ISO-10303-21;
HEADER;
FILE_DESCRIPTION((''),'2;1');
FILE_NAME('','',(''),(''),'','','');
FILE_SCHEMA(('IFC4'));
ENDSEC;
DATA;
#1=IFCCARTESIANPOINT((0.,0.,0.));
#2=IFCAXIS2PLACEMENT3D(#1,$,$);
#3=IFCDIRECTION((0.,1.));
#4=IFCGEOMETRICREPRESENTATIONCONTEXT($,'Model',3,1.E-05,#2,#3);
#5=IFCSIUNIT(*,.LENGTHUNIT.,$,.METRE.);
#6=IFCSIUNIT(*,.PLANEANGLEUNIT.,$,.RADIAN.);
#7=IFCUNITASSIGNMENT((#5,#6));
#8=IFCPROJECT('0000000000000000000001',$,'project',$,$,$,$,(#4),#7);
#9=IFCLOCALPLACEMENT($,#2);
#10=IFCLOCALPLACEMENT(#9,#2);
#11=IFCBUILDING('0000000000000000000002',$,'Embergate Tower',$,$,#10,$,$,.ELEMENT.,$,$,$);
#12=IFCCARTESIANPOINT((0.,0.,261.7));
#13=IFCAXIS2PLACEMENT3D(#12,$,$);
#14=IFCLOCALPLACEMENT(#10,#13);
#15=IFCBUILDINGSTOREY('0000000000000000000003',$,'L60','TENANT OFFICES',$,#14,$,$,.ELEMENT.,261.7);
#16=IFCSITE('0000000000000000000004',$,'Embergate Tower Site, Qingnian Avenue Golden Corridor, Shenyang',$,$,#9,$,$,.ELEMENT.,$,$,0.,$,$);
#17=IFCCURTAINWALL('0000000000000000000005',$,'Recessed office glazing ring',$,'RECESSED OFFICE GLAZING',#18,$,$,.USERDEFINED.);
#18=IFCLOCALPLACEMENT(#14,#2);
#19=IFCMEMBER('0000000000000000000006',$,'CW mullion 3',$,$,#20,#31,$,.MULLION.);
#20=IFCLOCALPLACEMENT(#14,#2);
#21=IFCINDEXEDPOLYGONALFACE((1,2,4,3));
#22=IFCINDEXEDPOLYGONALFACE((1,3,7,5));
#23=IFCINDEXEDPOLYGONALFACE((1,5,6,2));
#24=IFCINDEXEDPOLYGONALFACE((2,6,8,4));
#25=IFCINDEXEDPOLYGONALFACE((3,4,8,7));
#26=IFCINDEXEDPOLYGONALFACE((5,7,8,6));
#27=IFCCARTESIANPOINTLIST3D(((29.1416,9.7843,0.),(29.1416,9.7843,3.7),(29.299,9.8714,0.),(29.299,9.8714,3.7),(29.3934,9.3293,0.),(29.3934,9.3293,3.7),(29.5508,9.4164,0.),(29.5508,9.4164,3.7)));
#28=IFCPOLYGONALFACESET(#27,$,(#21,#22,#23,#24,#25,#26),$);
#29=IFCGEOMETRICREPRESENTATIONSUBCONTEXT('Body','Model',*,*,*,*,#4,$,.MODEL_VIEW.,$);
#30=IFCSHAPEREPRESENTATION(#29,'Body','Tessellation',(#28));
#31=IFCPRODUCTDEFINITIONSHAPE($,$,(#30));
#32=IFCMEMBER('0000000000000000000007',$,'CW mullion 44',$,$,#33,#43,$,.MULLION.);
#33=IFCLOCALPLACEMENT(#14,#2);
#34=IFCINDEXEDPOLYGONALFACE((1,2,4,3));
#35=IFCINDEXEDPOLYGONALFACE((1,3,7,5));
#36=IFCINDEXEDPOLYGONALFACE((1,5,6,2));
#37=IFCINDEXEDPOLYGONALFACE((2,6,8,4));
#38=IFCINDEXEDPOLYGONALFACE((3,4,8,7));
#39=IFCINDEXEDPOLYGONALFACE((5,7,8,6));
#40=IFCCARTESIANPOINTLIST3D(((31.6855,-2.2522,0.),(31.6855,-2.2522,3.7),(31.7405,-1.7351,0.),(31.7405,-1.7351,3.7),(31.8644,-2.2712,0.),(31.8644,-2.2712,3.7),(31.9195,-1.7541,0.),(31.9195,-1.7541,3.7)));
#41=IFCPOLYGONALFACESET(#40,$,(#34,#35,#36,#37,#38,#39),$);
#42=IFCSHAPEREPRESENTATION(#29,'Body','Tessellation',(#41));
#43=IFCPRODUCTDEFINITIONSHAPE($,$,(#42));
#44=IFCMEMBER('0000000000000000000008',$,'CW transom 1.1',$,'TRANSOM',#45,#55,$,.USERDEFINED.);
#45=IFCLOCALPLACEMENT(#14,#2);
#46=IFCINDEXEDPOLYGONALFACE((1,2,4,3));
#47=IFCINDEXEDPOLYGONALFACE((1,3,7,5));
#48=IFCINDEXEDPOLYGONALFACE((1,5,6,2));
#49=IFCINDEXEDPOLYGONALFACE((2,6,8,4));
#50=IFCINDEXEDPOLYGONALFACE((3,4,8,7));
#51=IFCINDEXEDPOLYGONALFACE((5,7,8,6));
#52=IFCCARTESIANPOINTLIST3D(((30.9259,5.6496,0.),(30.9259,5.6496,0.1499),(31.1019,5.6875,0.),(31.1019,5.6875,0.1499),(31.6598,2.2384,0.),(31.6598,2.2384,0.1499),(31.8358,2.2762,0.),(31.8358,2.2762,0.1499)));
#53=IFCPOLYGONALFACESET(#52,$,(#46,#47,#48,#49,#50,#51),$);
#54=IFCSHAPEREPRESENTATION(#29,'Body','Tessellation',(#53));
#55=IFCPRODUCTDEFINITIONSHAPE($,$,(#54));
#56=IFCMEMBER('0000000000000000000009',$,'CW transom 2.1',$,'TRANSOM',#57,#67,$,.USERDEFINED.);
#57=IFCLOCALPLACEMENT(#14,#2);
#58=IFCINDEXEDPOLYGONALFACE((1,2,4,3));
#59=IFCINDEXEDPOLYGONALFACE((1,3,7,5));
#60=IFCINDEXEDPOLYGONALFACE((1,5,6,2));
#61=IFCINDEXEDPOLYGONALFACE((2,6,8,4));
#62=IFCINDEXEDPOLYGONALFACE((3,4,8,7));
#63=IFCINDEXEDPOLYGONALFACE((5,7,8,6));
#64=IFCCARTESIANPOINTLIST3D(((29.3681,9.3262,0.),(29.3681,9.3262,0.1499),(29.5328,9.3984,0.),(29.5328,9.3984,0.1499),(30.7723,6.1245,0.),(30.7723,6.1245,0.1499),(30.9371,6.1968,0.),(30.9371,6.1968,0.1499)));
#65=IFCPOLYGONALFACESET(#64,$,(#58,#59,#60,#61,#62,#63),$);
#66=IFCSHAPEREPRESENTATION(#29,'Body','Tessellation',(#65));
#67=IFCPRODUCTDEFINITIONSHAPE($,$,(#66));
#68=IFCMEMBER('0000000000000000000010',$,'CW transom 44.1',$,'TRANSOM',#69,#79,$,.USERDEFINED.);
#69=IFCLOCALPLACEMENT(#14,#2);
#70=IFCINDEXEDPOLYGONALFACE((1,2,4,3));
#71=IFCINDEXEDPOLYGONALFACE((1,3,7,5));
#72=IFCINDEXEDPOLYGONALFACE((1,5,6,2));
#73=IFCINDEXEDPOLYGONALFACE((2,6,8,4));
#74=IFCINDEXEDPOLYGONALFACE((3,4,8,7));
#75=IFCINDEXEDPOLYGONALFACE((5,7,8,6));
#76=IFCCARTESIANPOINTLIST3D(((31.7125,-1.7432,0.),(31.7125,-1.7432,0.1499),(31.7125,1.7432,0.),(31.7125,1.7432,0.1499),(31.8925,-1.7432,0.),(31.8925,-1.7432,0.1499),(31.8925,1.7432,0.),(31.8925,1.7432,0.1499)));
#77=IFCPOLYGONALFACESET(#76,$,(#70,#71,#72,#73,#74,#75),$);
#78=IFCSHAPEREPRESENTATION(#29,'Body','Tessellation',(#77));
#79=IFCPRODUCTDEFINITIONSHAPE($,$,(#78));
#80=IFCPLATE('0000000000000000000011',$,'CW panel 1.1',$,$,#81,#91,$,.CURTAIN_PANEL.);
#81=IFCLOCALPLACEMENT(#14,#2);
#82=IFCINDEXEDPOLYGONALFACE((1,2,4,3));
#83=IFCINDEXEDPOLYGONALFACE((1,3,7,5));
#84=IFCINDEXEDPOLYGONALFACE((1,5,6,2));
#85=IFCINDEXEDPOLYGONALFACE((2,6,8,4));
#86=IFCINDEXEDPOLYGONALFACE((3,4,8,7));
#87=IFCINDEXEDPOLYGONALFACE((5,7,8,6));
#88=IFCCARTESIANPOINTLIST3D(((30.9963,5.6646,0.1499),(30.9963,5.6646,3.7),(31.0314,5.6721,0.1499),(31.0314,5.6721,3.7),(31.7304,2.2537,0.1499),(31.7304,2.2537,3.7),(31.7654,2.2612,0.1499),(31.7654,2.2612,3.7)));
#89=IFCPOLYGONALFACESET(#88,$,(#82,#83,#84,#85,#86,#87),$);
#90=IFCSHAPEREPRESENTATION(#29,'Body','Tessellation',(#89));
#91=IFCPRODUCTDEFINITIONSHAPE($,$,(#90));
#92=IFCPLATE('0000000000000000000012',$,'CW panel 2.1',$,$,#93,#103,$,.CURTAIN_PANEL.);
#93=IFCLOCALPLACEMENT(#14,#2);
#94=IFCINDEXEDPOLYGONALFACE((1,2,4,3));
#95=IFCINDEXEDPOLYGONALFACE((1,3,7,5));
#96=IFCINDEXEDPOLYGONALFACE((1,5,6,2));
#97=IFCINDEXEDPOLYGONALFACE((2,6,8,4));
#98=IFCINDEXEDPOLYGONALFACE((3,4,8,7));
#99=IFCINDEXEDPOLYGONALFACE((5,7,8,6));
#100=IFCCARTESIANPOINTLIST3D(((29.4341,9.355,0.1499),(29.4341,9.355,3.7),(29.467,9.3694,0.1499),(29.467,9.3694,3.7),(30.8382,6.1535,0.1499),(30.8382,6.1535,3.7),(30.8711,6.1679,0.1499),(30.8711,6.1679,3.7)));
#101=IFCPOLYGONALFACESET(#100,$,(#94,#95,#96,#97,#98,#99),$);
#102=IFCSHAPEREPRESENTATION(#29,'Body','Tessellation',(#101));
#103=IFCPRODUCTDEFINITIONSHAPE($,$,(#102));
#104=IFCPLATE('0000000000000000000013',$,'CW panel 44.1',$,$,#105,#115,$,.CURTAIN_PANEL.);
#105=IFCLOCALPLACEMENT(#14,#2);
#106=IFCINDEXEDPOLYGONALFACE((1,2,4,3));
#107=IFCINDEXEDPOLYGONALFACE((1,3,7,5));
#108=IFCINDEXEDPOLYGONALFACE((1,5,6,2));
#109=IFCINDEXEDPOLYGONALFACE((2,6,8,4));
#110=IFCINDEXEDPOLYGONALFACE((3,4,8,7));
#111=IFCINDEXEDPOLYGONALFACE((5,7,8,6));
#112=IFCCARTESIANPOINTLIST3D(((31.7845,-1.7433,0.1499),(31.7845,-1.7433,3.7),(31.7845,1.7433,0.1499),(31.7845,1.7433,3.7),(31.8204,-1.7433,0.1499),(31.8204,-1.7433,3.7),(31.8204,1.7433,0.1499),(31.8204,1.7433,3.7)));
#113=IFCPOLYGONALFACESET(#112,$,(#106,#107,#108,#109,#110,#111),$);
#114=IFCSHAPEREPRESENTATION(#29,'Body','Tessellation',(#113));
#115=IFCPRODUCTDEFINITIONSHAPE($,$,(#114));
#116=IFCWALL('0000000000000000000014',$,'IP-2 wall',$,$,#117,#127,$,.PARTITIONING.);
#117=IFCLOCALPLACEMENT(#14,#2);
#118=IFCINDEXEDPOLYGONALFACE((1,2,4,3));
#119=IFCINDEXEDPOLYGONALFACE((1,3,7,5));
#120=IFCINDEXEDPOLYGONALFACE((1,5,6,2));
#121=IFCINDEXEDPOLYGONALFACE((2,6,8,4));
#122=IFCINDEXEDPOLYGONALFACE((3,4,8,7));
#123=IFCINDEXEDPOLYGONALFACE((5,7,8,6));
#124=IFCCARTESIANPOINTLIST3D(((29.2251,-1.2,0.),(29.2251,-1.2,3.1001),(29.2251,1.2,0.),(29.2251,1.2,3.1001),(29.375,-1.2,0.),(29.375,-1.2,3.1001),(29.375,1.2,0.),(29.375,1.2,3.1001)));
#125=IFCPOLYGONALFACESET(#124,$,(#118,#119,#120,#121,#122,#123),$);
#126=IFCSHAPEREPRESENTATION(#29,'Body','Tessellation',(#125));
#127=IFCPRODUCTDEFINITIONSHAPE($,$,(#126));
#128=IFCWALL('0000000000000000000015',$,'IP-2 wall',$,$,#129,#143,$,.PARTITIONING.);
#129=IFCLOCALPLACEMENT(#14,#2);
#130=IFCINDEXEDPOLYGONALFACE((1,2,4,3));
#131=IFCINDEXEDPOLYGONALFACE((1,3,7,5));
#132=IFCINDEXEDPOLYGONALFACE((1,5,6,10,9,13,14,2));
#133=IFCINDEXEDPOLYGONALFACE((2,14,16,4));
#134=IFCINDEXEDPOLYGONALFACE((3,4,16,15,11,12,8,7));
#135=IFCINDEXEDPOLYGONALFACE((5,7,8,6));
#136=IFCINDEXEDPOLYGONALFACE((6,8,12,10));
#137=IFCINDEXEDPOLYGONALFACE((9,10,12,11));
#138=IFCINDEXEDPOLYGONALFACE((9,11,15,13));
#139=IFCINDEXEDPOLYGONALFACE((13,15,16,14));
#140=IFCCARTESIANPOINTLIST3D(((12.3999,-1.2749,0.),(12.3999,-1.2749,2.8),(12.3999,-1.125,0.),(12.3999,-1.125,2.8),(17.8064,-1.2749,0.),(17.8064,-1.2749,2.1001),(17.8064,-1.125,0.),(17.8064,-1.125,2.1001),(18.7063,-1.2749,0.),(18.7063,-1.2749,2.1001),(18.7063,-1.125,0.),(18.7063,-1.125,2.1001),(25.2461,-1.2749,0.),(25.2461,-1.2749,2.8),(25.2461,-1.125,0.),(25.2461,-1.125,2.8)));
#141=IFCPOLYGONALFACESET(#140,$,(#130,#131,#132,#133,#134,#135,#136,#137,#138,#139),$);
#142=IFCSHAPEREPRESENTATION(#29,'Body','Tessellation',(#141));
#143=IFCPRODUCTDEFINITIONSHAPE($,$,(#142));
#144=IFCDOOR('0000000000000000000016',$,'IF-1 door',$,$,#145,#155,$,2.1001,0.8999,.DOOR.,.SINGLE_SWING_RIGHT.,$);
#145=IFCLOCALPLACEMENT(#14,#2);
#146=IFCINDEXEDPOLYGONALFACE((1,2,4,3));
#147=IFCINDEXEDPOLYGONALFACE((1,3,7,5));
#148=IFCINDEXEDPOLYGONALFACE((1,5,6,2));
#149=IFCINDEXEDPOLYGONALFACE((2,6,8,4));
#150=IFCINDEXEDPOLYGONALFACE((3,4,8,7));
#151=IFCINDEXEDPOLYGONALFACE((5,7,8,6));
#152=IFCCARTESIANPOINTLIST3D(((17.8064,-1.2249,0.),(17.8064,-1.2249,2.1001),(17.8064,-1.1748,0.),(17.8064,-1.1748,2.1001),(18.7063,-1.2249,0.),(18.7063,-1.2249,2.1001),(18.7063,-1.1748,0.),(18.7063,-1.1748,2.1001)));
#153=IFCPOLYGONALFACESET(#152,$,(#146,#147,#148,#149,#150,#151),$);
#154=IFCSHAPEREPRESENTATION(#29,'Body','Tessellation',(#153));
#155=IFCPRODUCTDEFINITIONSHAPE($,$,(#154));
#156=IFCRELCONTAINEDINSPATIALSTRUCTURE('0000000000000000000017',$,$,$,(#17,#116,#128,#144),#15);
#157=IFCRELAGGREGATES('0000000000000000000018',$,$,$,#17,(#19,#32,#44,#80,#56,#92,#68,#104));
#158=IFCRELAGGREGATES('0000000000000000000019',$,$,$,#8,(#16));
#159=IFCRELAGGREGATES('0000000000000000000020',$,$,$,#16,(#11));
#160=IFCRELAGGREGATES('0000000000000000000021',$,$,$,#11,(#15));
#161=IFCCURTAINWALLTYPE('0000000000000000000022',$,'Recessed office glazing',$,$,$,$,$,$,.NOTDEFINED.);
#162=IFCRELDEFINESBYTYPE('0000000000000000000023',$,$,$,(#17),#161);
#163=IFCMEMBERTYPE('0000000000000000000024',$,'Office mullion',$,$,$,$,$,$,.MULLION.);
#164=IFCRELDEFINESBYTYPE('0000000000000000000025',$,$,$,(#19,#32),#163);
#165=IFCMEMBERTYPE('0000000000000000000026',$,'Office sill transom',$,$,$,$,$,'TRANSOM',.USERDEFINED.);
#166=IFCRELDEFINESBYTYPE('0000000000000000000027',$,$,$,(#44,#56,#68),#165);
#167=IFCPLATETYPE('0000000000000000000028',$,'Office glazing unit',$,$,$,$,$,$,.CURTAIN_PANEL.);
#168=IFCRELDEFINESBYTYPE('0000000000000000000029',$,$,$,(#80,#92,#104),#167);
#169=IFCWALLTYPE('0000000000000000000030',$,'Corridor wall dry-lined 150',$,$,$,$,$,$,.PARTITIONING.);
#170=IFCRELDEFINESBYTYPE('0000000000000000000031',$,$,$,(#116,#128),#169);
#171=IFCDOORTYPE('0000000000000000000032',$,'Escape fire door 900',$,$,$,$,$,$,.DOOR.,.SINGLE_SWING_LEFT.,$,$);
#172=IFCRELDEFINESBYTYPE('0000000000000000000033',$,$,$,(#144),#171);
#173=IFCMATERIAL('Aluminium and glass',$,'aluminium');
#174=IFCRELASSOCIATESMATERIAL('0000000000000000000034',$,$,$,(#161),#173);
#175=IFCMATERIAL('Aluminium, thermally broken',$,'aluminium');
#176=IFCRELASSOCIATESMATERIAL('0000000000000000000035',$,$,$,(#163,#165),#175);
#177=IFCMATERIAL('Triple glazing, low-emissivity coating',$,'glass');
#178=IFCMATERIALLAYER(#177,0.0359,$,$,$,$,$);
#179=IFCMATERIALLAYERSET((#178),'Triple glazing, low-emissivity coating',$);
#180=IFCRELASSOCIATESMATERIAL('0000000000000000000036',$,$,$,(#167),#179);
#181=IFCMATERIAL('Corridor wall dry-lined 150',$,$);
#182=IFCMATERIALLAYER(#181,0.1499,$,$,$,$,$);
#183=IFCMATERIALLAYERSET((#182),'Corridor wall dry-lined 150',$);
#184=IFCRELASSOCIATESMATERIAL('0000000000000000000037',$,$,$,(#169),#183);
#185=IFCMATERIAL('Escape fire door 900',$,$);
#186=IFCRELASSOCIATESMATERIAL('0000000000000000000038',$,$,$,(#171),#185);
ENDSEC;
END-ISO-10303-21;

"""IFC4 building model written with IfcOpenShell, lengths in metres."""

from ifc_helpers import new_model, si_unit, direction, frame, frame_2d, origin, origin_2d, place, context, subcontext, project, spatial, rectangle, extrude, source, transform, mapped, material, layer, layer_set, material_profile, profile_set, type_object, element, fill, aggregate, save


model = new_model("IFC4")

# Units and contexts
model_context = context("Model", 3, precision=1e-05, world=origin(), true_north=direction((0.0, 1.0)))
body_context = subcontext(model_context, "Body", "Model", "MODEL_VIEW")
ifc_project = project(units=[si_unit("LENGTHUNIT", "METRE"), si_unit("PLANEANGLEUNIT", "RADIAN")], contexts=[model_context])

# Site, building, storey
site_placement = place(None, origin())
site = spatial("IfcSite", under=ifc_project, at=site_placement, Name="Embergate Tower Site, Qingnian Avenue Golden Corridor, Shenyang", CompositionType="ELEMENT", RefElevation=0.0)
building_placement = place(site_placement, origin())
building = spatial("IfcBuilding", under=site, at=building_placement, Name="Embergate Tower", CompositionType="ELEMENT")
storey_placement = place(building_placement, frame((0.0, 0.0, 261.7)))
storey = spatial("IfcBuildingStorey", under=building, at=storey_placement, Name="L60", Description="TENANT OFFICES", CompositionType="ELEMENT", Elevation=261.7)

# Curtain wall, members, plates
ifc_material_1 = material(Name="Aluminium and glass", Category="aluminium")
curtain_wall_type = type_object("IfcCurtainWallType", Name="Recessed office glazing", PredefinedType="NOTDEFINED", material=ifc_material_1)
curtain_wall_placement = place(storey_placement, origin())
curtain_wall = element("IfcCurtainWall", 1, at=curtain_wall_placement, inside=storey, type_object=curtain_wall_type, Name="Recessed office glazing ring", ObjectType="RECESSED OFFICE GLAZING", PredefinedType="USERDEFINED")
ifc_material_2 = material(Name="Aluminium, thermally broken", Category="aluminium")
ifc_material_profile_1 = material_profile(ifc_material_2, rectangle(XDim=0.1799, YDim=0.52, at=origin_2d()), Name="AL 520x180")
ifc_profile_set_1 = profile_set([ifc_material_profile_1], Name="Aluminium, thermally broken")
member_type_1 = type_object("IfcMemberType", Name="Office mullion", PredefinedType="MULLION", material=ifc_profile_set_1)
shared_shape_1 = source(origin(), body_context, "Body", "SweptSolid", [
    extrude(rectangle(XDim=0.1799, YDim=0.52, at=origin_2d()), origin(), (0.0, 0.0, 1.0), 3.7),
])
member_1_placement = place(storey_placement, frame((29.3462, 9.6003, 0.0), z_axis=(0.0, 0.0, 1.0), x_axis=(-0.874994, -0.484133, 0.0)))
member_1 = element("IfcMember", 2, at=member_1_placement, type_object=member_type_1, Name="CW mullion 3", PredefinedType="MULLION", context=body_context, shape_type="MappedRepresentation", body=[
    mapped(shared_shape_1, transform((0.0, 0.0, 0.0))),
])
member_2_placement = place(storey_placement, frame((31.8025, -2.0032, 0.0), z_axis=(0.0, 0.0, 1.0), x_axis=(-0.994384, 0.105828, 0.0)))
member_2 = element("IfcMember", 3, at=member_2_placement, type_object=member_type_1, Name="CW mullion 44", PredefinedType="MULLION", context=body_context, shape_type="MappedRepresentation", body=[
    mapped(shared_shape_1, transform((0.0, 0.0, 0.0))),
])
ifc_material_profile_2 = material_profile(ifc_material_2, rectangle(XDim=0.1799, YDim=0.1499, at=origin_2d()), Name="AL 150x180")
ifc_profile_set_2 = profile_set([ifc_material_profile_2], Name="Aluminium, thermally broken")
member_type_2 = type_object("IfcMemberType", Name="Office sill transom", ElementType="TRANSOM", PredefinedType="USERDEFINED", material=ifc_profile_set_2)
shared_shape_2 = source(origin(), body_context, "Body", "SweptSolid", [
    extrude(rectangle(XDim=0.1799, YDim=0.1499, at=origin_2d()), origin(), (0.0, 0.0, 1.0), 3.4893),
])
member_3_placement = place(storey_placement, frame((31.7478, 2.2573, 0.075), z_axis=(-0.210332, 0.97763, 0.0), x_axis=(-0.97763, -0.210332, 0.0)))
member_3 = element("IfcMember", 4, at=member_3_placement, type_object=member_type_2, Name="CW transom 1.1", ObjectType="TRANSOM", PredefinedType="USERDEFINED", context=body_context, shape_type="MappedRepresentation", body=[
    mapped(shared_shape_2, transform((0.0, 0.0, 0.0))),
])
shared_shape_3 = source(origin(), body_context, "Body", "SweptSolid", [
    extrude(rectangle(XDim=0.1799, YDim=0.1499, at=origin_2d()), origin(), (0.0, 0.0, 1.0), 3.4961),
])
member_4_placement = place(storey_placement, frame((30.8547, 6.1606, 0.075), z_axis=(-0.401676, 0.915782, 0.0), x_axis=(-0.915782, -0.401676, 0.0)))
member_4 = element("IfcMember", 5, at=member_4_placement, type_object=member_type_2, Name="CW transom 2.1", ObjectType="TRANSOM", PredefinedType="USERDEFINED", context=body_context, shape_type="MappedRepresentation", body=[
    mapped(shared_shape_3, transform((0.0, 0.0, 0.0))),
])
shared_shape_4 = source(origin(), body_context, "Body", "SweptSolid", [
    extrude(rectangle(XDim=0.1799, YDim=0.1499, at=origin_2d()), origin(), (0.0, 0.0, 1.0), 3.4863),
])
member_5_placement = place(storey_placement, frame((31.8025, -1.7432, 0.075), z_axis=(0.0, 1.0, 0.0), x_axis=(-1.0, 0.0, 0.0)))
member_5 = element("IfcMember", 6, at=member_5_placement, type_object=member_type_2, Name="CW transom 44.1", ObjectType="TRANSOM", PredefinedType="USERDEFINED", context=body_context, shape_type="MappedRepresentation", body=[
    mapped(shared_shape_4, transform((0.0, 0.0, 0.0))),
])
ifc_material_3 = material(Name="Triple glazing, low-emissivity coating", Category="glass")
ifc_layer_1 = layer(ifc_material_3, 0.0359)
ifc_layer_set_1 = layer_set([ifc_layer_1], Name="Triple glazing, low-emissivity coating")
plate_type = type_object("IfcPlateType", Name="Office glazing unit", PredefinedType="CURTAIN_PANEL", material=ifc_layer_set_1)
shared_shape_5 = source(origin(), body_context, "Body", "SweptSolid", [
    extrude(rectangle(XDim=3.489, YDim=0.0359, at=origin_2d()), origin(), (0.0, 0.0, 1.0), 3.55),
])
plate_1_placement = place(storey_placement, frame((31.3809, 3.9629, 0.1499), z_axis=(0.0, 0.0, 1.0), x_axis=(-0.210402, 0.977615, 0.0)))
plate_1 = element("IfcPlate", 7, at=plate_1_placement, type_object=plate_type, Name="CW panel 1.1", PredefinedType="CURTAIN_PANEL", context=body_context, shape_type="MappedRepresentation", body=[
    mapped(shared_shape_5, transform((0.0, 0.0, 0.0))),
])
shared_shape_6 = source(origin(), body_context, "Body", "SweptSolid", [
    extrude(rectangle(XDim=3.4958, YDim=0.0359, at=origin_2d()), origin(), (0.0, 0.0, 1.0), 3.55),
])
plate_2_placement = place(storey_placement, frame((30.1526, 7.7615, 0.1499), z_axis=(0.0, 0.0, 1.0), x_axis=(-0.401657, 0.91579, 0.0)))
plate_2 = element("IfcPlate", 8, at=plate_2_placement, type_object=plate_type, Name="CW panel 2.1", PredefinedType="CURTAIN_PANEL", context=body_context, shape_type="MappedRepresentation", body=[
    mapped(shared_shape_6, transform((0.0, 0.0, 0.0))),
])
shared_shape_7 = source(origin(), body_context, "Body", "SweptSolid", [
    extrude(rectangle(XDim=3.4866, YDim=0.0359, at=origin_2d()), origin(), (0.0, 0.0, 1.0), 3.55),
])
plate_3_placement = place(storey_placement, frame((31.8025, 0.0, 0.1499), z_axis=(0.0, 0.0, 1.0), x_axis=(0.0, 1.0, 0.0)))
plate_3 = element("IfcPlate", 9, at=plate_3_placement, type_object=plate_type, Name="CW panel 44.1", PredefinedType="CURTAIN_PANEL", context=body_context, shape_type="MappedRepresentation", body=[
    mapped(shared_shape_7, transform((0.0, 0.0, 0.0))),
])
aggregate(curtain_wall, [member_1, member_2, member_3, plate_1, member_4, plate_2, member_5, plate_3])

# Wall
ifc_material_4 = material(Name="Corridor wall dry-lined 150")
ifc_layer_2 = layer(ifc_material_4, 0.1499)
ifc_layer_set_2 = layer_set([ifc_layer_2], Name="Corridor wall dry-lined 150")
wall_type_1 = type_object("IfcWallType", Name="Corridor wall dry-lined 150", PredefinedType="PARTITIONING", material=ifc_layer_set_2)
shared_shape_8 = source(origin(), body_context, "Body", "SweptSolid", [
    extrude(rectangle(XDim=2.3999, YDim=0.1499, at=frame_2d((1.2, 0.0))), origin(), (0.0, 0.0, 1.0), 3.1001),
])
wall_1_placement = place(storey_placement, frame((29.3, -1.2, 0.0), z_axis=(0.0, 0.0, 1.0), x_axis=(0.0, 1.0, 0.0)))
element("IfcWall", 10, at=wall_1_placement, inside=storey, type_object=wall_type_1, Name="IP-2 wall", PredefinedType="PARTITIONING", context=body_context, shape_type="MappedRepresentation", body=[
    mapped(shared_shape_8, transform((0.0, 0.0, 0.0))),
])

# Wall, opening, door
shared_shape_9 = source(origin(), body_context, "Body", "SweptSolid", [
    extrude(rectangle(XDim=12.8462, YDim=0.1499, at=frame_2d((6.4231, 0.0))), origin(), (0.0, 0.0, 1.0), 2.8),
])
wall_2_placement = place(storey_placement, frame((25.2461, -1.2, 0.0), z_axis=(0.0, 0.0, 1.0), x_axis=(-1.0, 0.0, 0.0)))
wall_2 = element("IfcWall", 11, at=wall_2_placement, inside=storey, type_object=wall_type_1, Name="IP-2 wall", PredefinedType="PARTITIONING", context=body_context, shape_type="MappedRepresentation", body=[
    mapped(shared_shape_9, transform((0.0, 0.0, 0.0))),
])
shared_shape_10 = source(origin(), body_context, "Body", "SweptSolid", [
    extrude(rectangle(XDim=0.8999, YDim=2.1001, at=frame_2d((0.45, 1.05))), frame((0.0, 0.085, 0.0), z_axis=(0.0, -1.0, 0.0), x_axis=(1.0, 0.0, 0.0)), (0.0, 0.0, 1.0), 0.1699),
])
opening_1_placement = place(wall_2_placement, frame((6.5398, 0.0, 0.0)))
opening_1 = element("IfcOpeningElement", 12, at=opening_1_placement, cuts=wall_2, PredefinedType="OPENING", context=body_context, shape_type="MappedRepresentation", body=[
    mapped(shared_shape_10, transform((0.0, 0.0, 0.0))),
])
ifc_material_5 = material(Name="Escape fire door 900")
door_type_1 = type_object("IfcDoorType", Name="Escape fire door 900", OperationType="SINGLE_SWING_LEFT", PredefinedType="DOOR", material=ifc_material_5)
shared_shape_11 = source(origin(), body_context, "Body", "SweptSolid", [
    extrude(rectangle(XDim=0.8999, YDim=2.1001, at=frame_2d((0.45, 1.05))), frame((0.0, 0.0249, 0.0), z_axis=(0.0, -1.0, 0.0), x_axis=(1.0, 0.0, 0.0)), (0.0, 0.0, 1.0), 0.05),
])
door_1_placement = place(opening_1_placement, origin())
door_1 = element("IfcDoor", 13, at=door_1_placement, inside=storey, type_object=door_type_1, Name="IF-1 door", OperationType="SINGLE_SWING_RIGHT", OverallHeight=2.1001, OverallWidth=0.8999, PredefinedType="DOOR", context=body_context, shape_type="MappedRepresentation", body=[
    mapped(shared_shape_11, transform((0.0, 0.0, 0.0))),
])
fill(opening_1, door_1)

save(model, "model.ifc")
